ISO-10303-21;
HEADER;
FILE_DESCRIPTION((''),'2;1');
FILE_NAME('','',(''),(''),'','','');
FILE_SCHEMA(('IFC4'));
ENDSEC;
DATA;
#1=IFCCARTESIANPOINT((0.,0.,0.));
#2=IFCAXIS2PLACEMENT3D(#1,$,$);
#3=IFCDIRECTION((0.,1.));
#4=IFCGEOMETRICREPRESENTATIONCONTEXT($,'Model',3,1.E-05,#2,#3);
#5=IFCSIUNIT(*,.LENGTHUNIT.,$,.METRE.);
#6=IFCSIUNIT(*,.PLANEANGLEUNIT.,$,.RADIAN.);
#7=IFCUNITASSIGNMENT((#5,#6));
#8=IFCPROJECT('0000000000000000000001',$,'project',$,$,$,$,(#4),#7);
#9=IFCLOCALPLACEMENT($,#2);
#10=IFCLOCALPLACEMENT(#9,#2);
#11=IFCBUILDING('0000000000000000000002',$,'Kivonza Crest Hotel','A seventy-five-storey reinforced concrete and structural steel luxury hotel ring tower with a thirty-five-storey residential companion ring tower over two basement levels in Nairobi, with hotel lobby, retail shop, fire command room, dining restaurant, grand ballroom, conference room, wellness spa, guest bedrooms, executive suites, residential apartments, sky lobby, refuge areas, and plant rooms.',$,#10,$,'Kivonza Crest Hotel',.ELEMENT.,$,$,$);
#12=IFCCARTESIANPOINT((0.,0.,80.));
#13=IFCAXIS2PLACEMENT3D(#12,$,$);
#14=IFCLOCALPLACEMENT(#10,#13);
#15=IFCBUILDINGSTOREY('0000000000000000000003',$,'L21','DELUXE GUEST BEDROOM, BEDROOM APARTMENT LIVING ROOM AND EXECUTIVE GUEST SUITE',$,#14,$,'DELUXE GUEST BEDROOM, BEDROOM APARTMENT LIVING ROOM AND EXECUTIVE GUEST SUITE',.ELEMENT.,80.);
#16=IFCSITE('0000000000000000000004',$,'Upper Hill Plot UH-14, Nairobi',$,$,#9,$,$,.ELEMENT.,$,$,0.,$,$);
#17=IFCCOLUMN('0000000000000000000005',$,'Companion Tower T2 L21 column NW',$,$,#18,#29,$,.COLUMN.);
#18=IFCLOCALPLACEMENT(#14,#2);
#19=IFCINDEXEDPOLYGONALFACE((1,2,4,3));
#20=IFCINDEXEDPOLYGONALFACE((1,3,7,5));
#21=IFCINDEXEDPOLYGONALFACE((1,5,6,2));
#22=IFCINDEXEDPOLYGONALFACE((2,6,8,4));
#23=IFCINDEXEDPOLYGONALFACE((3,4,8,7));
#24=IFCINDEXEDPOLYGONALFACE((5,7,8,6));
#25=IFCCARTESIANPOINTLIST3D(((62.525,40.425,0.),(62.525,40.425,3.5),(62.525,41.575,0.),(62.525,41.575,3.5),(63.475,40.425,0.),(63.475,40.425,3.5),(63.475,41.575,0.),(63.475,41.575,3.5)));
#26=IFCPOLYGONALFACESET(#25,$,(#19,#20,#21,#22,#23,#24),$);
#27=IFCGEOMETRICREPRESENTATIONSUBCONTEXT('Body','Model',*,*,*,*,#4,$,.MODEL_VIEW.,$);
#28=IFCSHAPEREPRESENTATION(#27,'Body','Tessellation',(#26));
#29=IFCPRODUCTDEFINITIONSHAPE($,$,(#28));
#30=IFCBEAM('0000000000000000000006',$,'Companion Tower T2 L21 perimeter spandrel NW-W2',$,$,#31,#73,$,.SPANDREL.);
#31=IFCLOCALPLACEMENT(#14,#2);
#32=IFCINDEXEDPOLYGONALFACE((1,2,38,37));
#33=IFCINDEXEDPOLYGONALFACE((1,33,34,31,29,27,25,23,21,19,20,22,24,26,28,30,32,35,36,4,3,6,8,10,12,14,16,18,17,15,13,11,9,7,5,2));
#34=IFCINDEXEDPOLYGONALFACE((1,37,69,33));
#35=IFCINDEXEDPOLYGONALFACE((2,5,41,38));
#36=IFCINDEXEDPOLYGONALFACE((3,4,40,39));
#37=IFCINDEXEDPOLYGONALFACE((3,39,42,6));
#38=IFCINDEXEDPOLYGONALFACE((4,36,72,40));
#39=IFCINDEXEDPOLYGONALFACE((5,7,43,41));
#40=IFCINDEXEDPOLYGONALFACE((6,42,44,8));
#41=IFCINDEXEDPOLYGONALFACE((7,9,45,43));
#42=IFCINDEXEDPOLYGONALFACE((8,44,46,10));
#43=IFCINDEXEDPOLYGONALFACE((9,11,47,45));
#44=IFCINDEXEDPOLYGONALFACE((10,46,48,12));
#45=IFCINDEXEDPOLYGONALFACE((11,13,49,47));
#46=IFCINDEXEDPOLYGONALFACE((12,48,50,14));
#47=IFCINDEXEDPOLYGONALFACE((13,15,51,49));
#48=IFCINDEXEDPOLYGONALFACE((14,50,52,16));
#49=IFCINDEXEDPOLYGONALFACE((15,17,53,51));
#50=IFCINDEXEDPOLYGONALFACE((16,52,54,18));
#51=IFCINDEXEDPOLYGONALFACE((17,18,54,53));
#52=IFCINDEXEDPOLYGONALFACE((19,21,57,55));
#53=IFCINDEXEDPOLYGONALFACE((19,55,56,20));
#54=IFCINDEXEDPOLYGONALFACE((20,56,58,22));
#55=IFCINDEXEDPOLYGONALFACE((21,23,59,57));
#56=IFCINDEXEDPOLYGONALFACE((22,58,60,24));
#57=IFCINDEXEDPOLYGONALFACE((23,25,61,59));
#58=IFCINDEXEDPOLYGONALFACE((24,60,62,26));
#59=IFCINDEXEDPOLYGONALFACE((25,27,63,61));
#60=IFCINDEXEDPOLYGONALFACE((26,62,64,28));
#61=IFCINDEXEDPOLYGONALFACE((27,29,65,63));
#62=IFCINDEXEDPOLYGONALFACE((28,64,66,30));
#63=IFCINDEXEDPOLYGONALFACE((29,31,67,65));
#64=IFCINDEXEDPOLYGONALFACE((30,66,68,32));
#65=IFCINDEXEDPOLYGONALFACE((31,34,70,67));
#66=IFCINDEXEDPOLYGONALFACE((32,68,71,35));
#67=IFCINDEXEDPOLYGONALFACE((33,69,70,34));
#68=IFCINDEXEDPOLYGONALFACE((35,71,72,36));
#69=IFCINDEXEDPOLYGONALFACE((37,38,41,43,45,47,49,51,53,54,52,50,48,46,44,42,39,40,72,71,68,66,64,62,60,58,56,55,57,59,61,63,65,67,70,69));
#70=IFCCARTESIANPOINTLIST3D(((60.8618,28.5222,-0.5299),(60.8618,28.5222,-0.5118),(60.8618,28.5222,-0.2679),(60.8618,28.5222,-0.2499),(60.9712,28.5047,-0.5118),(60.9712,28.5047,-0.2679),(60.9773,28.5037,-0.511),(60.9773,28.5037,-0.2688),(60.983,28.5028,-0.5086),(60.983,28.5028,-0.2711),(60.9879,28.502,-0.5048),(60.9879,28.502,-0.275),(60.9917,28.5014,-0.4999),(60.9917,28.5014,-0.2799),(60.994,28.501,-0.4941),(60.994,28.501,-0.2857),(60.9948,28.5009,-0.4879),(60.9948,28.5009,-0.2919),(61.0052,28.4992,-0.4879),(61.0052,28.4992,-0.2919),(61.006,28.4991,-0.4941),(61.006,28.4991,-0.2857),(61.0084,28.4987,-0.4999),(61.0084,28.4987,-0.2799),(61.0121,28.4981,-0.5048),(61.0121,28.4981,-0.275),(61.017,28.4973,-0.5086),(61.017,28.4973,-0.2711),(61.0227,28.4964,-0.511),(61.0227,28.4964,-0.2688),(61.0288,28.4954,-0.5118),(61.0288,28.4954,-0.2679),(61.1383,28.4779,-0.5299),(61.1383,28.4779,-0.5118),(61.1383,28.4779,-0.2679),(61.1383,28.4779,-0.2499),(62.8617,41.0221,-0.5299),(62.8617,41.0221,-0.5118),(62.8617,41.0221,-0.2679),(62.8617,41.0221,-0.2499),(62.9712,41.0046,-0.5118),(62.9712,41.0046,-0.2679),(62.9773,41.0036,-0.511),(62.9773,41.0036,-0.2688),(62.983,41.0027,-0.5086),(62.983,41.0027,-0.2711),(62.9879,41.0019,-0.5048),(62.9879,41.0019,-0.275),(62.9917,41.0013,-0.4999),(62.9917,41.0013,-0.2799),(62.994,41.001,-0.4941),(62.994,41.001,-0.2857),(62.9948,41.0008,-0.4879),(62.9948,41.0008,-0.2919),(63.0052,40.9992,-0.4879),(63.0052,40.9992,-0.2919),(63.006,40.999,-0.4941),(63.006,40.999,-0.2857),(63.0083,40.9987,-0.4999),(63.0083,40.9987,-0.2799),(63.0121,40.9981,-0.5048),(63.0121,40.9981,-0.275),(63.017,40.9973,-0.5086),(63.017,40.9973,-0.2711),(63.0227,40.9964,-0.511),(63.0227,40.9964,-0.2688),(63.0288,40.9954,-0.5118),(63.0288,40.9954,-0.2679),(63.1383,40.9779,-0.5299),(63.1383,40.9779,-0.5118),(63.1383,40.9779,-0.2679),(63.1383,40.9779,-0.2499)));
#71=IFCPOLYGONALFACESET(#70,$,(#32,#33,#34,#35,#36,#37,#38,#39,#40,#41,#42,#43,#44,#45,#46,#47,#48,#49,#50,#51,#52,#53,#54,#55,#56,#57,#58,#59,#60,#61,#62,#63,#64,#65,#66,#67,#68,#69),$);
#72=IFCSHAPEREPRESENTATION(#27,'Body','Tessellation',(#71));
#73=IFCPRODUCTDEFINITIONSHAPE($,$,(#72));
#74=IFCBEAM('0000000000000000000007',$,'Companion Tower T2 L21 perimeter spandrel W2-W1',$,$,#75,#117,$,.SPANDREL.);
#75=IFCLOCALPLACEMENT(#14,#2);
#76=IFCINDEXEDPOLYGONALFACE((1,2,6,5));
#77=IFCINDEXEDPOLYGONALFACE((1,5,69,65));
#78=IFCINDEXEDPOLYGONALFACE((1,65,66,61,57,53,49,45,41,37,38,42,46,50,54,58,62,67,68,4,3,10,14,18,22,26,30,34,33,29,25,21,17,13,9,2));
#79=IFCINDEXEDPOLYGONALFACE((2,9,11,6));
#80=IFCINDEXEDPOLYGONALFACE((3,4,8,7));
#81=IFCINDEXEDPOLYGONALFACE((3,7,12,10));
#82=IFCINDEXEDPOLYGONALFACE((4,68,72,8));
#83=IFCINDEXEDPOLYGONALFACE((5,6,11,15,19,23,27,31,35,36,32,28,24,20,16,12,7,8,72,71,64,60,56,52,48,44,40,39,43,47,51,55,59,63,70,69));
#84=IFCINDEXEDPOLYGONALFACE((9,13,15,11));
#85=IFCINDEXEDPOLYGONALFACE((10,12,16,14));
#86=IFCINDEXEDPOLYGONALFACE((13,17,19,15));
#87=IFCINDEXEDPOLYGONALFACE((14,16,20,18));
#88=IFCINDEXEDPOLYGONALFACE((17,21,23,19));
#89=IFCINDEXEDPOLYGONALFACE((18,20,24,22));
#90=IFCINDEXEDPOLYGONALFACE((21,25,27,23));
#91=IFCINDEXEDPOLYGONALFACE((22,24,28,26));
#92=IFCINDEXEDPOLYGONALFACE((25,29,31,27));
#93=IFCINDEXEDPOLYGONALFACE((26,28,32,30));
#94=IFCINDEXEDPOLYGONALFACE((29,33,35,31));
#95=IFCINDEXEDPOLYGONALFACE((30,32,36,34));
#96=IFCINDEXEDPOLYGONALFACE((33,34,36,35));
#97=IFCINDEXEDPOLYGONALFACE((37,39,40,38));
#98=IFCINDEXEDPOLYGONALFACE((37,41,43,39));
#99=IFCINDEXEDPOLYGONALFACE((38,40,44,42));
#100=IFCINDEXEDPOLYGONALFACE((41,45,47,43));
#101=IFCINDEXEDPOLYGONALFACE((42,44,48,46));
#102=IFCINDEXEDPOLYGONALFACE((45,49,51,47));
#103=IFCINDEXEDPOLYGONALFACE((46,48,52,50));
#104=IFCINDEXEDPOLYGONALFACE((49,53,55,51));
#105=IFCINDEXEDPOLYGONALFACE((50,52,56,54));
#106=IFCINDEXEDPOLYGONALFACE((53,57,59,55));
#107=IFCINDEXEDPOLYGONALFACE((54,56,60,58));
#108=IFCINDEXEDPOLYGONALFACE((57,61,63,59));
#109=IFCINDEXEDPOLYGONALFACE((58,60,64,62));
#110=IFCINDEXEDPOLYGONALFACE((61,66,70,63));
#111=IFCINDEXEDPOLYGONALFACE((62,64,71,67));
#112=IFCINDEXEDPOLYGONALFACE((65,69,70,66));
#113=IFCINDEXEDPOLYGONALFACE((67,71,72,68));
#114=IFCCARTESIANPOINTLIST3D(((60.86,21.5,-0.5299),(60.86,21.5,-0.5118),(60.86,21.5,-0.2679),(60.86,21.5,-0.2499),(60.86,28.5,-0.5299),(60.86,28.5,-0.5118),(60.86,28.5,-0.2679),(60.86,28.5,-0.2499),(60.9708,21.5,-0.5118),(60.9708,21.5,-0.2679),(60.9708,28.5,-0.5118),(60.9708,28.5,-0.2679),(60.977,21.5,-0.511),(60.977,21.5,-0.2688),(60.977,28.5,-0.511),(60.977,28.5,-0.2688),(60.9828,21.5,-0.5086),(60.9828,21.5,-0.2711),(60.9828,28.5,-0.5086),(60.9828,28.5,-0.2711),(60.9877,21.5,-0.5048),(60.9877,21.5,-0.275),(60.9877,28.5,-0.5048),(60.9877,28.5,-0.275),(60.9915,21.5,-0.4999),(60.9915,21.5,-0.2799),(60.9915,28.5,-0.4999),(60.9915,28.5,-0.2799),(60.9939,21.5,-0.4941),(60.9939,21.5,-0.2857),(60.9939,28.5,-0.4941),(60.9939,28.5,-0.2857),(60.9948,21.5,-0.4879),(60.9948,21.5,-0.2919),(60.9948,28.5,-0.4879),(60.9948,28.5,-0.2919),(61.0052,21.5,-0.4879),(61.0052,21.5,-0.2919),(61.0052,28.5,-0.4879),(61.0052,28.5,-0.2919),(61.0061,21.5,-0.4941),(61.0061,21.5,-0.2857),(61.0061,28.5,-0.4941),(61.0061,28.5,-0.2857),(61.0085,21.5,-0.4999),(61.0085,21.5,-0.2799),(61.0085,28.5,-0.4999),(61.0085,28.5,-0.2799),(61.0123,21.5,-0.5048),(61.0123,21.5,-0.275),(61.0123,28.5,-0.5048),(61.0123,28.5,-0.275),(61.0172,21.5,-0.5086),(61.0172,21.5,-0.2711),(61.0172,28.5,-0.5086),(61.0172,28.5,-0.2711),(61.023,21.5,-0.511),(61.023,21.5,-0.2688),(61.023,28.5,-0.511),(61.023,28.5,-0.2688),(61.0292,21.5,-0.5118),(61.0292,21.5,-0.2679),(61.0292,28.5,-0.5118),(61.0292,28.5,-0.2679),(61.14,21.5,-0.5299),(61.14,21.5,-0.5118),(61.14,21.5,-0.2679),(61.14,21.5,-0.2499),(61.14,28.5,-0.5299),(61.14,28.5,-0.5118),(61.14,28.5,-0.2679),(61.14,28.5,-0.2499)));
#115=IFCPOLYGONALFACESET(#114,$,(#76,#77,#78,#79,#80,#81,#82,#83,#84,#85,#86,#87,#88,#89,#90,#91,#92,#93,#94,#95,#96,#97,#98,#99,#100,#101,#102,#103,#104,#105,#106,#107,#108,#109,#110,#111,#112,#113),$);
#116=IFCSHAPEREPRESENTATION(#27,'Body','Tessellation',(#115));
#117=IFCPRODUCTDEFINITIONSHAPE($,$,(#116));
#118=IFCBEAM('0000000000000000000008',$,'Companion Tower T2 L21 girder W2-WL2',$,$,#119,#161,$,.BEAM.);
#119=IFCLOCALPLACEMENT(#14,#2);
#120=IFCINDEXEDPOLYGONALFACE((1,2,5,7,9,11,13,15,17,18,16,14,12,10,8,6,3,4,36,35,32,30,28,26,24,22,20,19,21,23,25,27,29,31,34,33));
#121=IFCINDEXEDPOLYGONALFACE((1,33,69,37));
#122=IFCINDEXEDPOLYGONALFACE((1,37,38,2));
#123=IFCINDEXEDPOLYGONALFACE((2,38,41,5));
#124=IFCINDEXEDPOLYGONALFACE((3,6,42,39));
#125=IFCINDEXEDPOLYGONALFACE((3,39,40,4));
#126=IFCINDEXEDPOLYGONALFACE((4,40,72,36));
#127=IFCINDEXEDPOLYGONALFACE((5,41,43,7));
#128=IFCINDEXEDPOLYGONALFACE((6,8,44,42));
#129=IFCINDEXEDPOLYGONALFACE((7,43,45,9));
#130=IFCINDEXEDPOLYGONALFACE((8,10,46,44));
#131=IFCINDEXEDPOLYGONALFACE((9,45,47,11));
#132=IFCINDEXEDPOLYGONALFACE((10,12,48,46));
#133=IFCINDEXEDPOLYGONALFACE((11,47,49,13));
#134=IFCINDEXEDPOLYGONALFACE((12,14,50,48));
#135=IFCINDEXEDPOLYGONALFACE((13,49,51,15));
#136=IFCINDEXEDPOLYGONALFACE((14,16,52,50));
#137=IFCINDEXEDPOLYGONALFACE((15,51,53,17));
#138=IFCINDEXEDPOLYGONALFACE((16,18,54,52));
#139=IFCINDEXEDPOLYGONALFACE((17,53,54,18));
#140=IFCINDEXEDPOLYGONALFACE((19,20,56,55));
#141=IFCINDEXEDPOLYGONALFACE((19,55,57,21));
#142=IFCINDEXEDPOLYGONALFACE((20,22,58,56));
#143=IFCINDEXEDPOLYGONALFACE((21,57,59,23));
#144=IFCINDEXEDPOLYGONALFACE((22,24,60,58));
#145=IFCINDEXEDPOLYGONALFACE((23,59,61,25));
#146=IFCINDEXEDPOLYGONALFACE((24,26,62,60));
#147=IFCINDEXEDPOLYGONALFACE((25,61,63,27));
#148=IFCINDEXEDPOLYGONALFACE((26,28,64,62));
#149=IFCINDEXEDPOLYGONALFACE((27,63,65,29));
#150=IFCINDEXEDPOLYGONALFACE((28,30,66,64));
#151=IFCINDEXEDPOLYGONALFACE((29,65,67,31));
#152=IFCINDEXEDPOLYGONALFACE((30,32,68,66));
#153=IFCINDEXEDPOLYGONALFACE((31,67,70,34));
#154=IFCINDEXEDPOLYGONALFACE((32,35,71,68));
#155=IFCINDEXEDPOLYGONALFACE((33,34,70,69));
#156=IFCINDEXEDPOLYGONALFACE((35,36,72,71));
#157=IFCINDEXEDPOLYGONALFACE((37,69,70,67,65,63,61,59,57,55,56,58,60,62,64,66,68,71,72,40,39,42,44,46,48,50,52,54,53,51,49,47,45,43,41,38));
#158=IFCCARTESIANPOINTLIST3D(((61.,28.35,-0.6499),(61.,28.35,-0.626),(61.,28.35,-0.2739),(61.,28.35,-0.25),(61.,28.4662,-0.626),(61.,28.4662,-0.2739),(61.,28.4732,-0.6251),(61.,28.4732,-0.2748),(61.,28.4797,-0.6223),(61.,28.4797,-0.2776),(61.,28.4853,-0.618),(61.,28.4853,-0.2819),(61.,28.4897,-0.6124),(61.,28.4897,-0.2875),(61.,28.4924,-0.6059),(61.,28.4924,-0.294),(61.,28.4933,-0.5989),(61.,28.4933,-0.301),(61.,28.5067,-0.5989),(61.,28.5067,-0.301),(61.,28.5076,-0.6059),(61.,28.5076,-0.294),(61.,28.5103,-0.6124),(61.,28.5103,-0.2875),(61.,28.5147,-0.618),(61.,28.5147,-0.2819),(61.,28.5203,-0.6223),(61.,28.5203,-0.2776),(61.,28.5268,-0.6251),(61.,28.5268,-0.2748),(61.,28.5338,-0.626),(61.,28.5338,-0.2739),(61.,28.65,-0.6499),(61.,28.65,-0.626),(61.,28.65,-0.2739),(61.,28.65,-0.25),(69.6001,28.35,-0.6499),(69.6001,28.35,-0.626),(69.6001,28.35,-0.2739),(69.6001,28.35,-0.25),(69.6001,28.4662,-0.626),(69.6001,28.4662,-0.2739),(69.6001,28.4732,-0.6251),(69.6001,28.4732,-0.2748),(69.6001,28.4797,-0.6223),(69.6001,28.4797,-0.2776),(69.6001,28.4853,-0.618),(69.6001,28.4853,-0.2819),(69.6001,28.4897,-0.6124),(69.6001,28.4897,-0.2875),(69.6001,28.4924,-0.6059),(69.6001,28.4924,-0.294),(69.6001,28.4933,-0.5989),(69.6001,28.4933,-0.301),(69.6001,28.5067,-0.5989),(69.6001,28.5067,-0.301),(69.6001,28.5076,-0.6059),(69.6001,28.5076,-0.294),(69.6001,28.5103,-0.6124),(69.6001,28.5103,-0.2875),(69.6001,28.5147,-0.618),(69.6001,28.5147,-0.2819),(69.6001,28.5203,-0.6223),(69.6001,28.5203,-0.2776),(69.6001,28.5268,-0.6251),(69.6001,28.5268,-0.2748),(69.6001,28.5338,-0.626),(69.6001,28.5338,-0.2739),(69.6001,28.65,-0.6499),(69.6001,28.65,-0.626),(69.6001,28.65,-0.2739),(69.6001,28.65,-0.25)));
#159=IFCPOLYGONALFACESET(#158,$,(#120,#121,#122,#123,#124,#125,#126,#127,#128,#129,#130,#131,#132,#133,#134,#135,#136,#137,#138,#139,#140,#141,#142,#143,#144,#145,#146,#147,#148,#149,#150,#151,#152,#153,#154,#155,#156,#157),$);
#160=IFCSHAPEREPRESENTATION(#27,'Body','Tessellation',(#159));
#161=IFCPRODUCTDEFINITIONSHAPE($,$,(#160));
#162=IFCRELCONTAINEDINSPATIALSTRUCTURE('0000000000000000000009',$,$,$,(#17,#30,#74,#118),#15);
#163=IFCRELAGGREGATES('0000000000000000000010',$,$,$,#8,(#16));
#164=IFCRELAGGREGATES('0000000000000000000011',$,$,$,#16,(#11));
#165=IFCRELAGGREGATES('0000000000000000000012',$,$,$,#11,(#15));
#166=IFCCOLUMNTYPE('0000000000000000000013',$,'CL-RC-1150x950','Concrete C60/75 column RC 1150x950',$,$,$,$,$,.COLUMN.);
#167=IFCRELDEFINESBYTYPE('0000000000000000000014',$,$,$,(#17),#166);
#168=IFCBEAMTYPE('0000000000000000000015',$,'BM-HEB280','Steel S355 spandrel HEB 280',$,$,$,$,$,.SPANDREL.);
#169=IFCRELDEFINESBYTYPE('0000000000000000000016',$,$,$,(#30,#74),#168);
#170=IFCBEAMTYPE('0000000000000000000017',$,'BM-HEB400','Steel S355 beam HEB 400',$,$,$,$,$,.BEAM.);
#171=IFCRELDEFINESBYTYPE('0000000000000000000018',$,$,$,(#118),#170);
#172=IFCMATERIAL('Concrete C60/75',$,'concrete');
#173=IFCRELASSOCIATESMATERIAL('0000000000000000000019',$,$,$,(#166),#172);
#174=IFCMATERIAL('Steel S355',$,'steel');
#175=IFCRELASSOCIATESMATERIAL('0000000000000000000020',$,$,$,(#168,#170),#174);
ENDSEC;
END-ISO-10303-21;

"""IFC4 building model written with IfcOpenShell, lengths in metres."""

from ifc_helpers import new_model, si_unit, direction, frame, origin, origin_2d, place, context, subcontext, project, spatial, rectangle, i_section, extrude, material, material_profile, profile_set, type_object, element, save


model = new_model("IFC4")

# Units and contexts
model_context = context("Model", 3, precision=1e-05, world=origin(), true_north=direction((0.0, 1.0)))
body_context = subcontext(model_context, "Body", "Model", "MODEL_VIEW")
ifc_project = project(units=[si_unit("LENGTHUNIT", "METRE"), si_unit("PLANEANGLEUNIT", "RADIAN")], contexts=[model_context])

# Site, building, storey
site_placement = place(None, origin())
site = spatial("IfcSite", under=ifc_project, at=site_placement, Name="Upper Hill Plot UH-14, Nairobi", CompositionType="ELEMENT", RefElevation=0.0)
building_placement = place(site_placement, origin())
building = spatial("IfcBuilding", under=site, at=building_placement, Name="Kivonza Crest Hotel", Description="A seventy-five-storey reinforced concrete and structural steel luxury hotel ring tower with a thirty-five-storey residential companion ring tower over two basement levels in Nairobi, with hotel lobby, retail shop, fire command room, dining restaurant, grand ballroom, conference room, wellness spa, guest bedrooms, executive suites, residential apartments, sky lobby, refuge areas, and plant rooms.", LongName="Kivonza Crest Hotel", CompositionType="ELEMENT")
storey_placement = place(building_placement, frame((0.0, 0.0, 80.0)))
storey = spatial("IfcBuildingStorey", under=building, at=storey_placement, Name="L21", Description="DELUXE GUEST BEDROOM, BEDROOM APARTMENT LIVING ROOM AND EXECUTIVE GUEST SUITE", LongName="DELUXE GUEST BEDROOM, BEDROOM APARTMENT LIVING ROOM AND EXECUTIVE GUEST SUITE", CompositionType="ELEMENT", Elevation=80.0)

# Column
ifc_material_1 = material(Name="Concrete C60/75", Category="concrete")
ifc_material_profile_1 = material_profile(ifc_material_1, rectangle(XDim=0.95, YDim=1.1499, at=origin_2d()), Name="RC 1150x950")
ifc_profile_set_1 = profile_set([ifc_material_profile_1], Name="Concrete C60/75")
column_type = type_object("IfcColumnType", Name="CL-RC-1150x950", Description="Concrete C60/75 column RC 1150x950", PredefinedType="COLUMN", material=ifc_profile_set_1)
column_placement = place(storey_placement, frame((63.0, 41.0, 0.0), z_axis=(0.0, 0.0, 1.0), x_axis=(1.0, 0.0, 0.0)))
element("IfcColumn", 1, at=column_placement, inside=storey, type_object=column_type, Name="Companion Tower T2 L21 column NW", PredefinedType="COLUMN", context=body_context, shape_type="SweptSolid", body=[
    extrude(rectangle(XDim=0.95, YDim=1.1499, at=origin_2d()), origin(), (0.0, 0.0, 1.0), 3.5),
])

# Beams
ifc_material_2 = material(Name="Steel S355", Category="steel")
ifc_material_profile_2 = material_profile(ifc_material_2, i_section(OverallWidth=0.28, OverallDepth=0.28, WebThickness=0.0105, FlangeThickness=0.0181, FilletRadius=0.0239, at=origin_2d()), Name="HEB 280")
ifc_profile_set_2 = profile_set([ifc_material_profile_2], Name="Steel S355")
beam_type_1 = type_object("IfcBeamType", Name="BM-HEB280", Description="Steel S355 spandrel HEB 280", PredefinedType="SPANDREL", material=ifc_profile_set_2)
beam_1_placement = place(storey_placement, frame((63.0, 41.0, -0.3899), z_axis=(-0.157991, -0.987441, 0.0), x_axis=(0.987441, -0.157991, 0.0)))
element("IfcBeam", 2, at=beam_1_placement, inside=storey, type_object=beam_type_1, Name="Companion Tower T2 L21 perimeter spandrel NW-W2", PredefinedType="SPANDREL", context=body_context, shape_type="SweptSolid", body=[
    extrude(i_section(OverallWidth=0.28, OverallDepth=0.28, WebThickness=0.0105, FlangeThickness=0.0181, FilletRadius=0.0239, at=origin_2d()), origin(), (0.0, 0.0, 1.0), 12.6589),
])
beam_2_placement = place(storey_placement, frame((61.0, 28.5, -0.3899), z_axis=(0.0, -1.0, 0.0), x_axis=(1.0, 0.0, 0.0)))
element("IfcBeam", 3, at=beam_2_placement, inside=storey, type_object=beam_type_1, Name="Companion Tower T2 L21 perimeter spandrel W2-W1", PredefinedType="SPANDREL", context=body_context, shape_type="SweptSolid", body=[
    extrude(i_section(OverallWidth=0.28, OverallDepth=0.28, WebThickness=0.0105, FlangeThickness=0.0181, FilletRadius=0.0239, at=origin_2d()), origin(), (0.0, 0.0, 1.0), 7.0),
])
ifc_material_profile_3 = material_profile(ifc_material_2, i_section(OverallWidth=0.3, OverallDepth=0.3999, WebThickness=0.0134, FlangeThickness=0.0239, FilletRadius=0.0271, at=origin_2d()), Name="HEB 400")
ifc_profile_set_3 = profile_set([ifc_material_profile_3], Name="Steel S355")
beam_type_2 = type_object("IfcBeamType", Name="BM-HEB400", Description="Steel S355 beam HEB 400", PredefinedType="BEAM", material=ifc_profile_set_3)
beam_3_placement = place(storey_placement, frame((61.0, 28.5, -0.45), z_axis=(1.0, 0.0, 0.0), x_axis=(0.0, 1.0, 0.0)))
element("IfcBeam", 4, at=beam_3_placement, inside=storey, type_object=beam_type_2, Name="Companion Tower T2 L21 girder W2-WL2", PredefinedType="BEAM", context=body_context, shape_type="SweptSolid", body=[
    extrude(i_section(OverallWidth=0.3, OverallDepth=0.3999, WebThickness=0.0134, FlangeThickness=0.0239, FilletRadius=0.0271, at=origin_2d()), origin(), (0.0, 0.0, 1.0), 8.6001),
])

save(model, "model.ifc")
